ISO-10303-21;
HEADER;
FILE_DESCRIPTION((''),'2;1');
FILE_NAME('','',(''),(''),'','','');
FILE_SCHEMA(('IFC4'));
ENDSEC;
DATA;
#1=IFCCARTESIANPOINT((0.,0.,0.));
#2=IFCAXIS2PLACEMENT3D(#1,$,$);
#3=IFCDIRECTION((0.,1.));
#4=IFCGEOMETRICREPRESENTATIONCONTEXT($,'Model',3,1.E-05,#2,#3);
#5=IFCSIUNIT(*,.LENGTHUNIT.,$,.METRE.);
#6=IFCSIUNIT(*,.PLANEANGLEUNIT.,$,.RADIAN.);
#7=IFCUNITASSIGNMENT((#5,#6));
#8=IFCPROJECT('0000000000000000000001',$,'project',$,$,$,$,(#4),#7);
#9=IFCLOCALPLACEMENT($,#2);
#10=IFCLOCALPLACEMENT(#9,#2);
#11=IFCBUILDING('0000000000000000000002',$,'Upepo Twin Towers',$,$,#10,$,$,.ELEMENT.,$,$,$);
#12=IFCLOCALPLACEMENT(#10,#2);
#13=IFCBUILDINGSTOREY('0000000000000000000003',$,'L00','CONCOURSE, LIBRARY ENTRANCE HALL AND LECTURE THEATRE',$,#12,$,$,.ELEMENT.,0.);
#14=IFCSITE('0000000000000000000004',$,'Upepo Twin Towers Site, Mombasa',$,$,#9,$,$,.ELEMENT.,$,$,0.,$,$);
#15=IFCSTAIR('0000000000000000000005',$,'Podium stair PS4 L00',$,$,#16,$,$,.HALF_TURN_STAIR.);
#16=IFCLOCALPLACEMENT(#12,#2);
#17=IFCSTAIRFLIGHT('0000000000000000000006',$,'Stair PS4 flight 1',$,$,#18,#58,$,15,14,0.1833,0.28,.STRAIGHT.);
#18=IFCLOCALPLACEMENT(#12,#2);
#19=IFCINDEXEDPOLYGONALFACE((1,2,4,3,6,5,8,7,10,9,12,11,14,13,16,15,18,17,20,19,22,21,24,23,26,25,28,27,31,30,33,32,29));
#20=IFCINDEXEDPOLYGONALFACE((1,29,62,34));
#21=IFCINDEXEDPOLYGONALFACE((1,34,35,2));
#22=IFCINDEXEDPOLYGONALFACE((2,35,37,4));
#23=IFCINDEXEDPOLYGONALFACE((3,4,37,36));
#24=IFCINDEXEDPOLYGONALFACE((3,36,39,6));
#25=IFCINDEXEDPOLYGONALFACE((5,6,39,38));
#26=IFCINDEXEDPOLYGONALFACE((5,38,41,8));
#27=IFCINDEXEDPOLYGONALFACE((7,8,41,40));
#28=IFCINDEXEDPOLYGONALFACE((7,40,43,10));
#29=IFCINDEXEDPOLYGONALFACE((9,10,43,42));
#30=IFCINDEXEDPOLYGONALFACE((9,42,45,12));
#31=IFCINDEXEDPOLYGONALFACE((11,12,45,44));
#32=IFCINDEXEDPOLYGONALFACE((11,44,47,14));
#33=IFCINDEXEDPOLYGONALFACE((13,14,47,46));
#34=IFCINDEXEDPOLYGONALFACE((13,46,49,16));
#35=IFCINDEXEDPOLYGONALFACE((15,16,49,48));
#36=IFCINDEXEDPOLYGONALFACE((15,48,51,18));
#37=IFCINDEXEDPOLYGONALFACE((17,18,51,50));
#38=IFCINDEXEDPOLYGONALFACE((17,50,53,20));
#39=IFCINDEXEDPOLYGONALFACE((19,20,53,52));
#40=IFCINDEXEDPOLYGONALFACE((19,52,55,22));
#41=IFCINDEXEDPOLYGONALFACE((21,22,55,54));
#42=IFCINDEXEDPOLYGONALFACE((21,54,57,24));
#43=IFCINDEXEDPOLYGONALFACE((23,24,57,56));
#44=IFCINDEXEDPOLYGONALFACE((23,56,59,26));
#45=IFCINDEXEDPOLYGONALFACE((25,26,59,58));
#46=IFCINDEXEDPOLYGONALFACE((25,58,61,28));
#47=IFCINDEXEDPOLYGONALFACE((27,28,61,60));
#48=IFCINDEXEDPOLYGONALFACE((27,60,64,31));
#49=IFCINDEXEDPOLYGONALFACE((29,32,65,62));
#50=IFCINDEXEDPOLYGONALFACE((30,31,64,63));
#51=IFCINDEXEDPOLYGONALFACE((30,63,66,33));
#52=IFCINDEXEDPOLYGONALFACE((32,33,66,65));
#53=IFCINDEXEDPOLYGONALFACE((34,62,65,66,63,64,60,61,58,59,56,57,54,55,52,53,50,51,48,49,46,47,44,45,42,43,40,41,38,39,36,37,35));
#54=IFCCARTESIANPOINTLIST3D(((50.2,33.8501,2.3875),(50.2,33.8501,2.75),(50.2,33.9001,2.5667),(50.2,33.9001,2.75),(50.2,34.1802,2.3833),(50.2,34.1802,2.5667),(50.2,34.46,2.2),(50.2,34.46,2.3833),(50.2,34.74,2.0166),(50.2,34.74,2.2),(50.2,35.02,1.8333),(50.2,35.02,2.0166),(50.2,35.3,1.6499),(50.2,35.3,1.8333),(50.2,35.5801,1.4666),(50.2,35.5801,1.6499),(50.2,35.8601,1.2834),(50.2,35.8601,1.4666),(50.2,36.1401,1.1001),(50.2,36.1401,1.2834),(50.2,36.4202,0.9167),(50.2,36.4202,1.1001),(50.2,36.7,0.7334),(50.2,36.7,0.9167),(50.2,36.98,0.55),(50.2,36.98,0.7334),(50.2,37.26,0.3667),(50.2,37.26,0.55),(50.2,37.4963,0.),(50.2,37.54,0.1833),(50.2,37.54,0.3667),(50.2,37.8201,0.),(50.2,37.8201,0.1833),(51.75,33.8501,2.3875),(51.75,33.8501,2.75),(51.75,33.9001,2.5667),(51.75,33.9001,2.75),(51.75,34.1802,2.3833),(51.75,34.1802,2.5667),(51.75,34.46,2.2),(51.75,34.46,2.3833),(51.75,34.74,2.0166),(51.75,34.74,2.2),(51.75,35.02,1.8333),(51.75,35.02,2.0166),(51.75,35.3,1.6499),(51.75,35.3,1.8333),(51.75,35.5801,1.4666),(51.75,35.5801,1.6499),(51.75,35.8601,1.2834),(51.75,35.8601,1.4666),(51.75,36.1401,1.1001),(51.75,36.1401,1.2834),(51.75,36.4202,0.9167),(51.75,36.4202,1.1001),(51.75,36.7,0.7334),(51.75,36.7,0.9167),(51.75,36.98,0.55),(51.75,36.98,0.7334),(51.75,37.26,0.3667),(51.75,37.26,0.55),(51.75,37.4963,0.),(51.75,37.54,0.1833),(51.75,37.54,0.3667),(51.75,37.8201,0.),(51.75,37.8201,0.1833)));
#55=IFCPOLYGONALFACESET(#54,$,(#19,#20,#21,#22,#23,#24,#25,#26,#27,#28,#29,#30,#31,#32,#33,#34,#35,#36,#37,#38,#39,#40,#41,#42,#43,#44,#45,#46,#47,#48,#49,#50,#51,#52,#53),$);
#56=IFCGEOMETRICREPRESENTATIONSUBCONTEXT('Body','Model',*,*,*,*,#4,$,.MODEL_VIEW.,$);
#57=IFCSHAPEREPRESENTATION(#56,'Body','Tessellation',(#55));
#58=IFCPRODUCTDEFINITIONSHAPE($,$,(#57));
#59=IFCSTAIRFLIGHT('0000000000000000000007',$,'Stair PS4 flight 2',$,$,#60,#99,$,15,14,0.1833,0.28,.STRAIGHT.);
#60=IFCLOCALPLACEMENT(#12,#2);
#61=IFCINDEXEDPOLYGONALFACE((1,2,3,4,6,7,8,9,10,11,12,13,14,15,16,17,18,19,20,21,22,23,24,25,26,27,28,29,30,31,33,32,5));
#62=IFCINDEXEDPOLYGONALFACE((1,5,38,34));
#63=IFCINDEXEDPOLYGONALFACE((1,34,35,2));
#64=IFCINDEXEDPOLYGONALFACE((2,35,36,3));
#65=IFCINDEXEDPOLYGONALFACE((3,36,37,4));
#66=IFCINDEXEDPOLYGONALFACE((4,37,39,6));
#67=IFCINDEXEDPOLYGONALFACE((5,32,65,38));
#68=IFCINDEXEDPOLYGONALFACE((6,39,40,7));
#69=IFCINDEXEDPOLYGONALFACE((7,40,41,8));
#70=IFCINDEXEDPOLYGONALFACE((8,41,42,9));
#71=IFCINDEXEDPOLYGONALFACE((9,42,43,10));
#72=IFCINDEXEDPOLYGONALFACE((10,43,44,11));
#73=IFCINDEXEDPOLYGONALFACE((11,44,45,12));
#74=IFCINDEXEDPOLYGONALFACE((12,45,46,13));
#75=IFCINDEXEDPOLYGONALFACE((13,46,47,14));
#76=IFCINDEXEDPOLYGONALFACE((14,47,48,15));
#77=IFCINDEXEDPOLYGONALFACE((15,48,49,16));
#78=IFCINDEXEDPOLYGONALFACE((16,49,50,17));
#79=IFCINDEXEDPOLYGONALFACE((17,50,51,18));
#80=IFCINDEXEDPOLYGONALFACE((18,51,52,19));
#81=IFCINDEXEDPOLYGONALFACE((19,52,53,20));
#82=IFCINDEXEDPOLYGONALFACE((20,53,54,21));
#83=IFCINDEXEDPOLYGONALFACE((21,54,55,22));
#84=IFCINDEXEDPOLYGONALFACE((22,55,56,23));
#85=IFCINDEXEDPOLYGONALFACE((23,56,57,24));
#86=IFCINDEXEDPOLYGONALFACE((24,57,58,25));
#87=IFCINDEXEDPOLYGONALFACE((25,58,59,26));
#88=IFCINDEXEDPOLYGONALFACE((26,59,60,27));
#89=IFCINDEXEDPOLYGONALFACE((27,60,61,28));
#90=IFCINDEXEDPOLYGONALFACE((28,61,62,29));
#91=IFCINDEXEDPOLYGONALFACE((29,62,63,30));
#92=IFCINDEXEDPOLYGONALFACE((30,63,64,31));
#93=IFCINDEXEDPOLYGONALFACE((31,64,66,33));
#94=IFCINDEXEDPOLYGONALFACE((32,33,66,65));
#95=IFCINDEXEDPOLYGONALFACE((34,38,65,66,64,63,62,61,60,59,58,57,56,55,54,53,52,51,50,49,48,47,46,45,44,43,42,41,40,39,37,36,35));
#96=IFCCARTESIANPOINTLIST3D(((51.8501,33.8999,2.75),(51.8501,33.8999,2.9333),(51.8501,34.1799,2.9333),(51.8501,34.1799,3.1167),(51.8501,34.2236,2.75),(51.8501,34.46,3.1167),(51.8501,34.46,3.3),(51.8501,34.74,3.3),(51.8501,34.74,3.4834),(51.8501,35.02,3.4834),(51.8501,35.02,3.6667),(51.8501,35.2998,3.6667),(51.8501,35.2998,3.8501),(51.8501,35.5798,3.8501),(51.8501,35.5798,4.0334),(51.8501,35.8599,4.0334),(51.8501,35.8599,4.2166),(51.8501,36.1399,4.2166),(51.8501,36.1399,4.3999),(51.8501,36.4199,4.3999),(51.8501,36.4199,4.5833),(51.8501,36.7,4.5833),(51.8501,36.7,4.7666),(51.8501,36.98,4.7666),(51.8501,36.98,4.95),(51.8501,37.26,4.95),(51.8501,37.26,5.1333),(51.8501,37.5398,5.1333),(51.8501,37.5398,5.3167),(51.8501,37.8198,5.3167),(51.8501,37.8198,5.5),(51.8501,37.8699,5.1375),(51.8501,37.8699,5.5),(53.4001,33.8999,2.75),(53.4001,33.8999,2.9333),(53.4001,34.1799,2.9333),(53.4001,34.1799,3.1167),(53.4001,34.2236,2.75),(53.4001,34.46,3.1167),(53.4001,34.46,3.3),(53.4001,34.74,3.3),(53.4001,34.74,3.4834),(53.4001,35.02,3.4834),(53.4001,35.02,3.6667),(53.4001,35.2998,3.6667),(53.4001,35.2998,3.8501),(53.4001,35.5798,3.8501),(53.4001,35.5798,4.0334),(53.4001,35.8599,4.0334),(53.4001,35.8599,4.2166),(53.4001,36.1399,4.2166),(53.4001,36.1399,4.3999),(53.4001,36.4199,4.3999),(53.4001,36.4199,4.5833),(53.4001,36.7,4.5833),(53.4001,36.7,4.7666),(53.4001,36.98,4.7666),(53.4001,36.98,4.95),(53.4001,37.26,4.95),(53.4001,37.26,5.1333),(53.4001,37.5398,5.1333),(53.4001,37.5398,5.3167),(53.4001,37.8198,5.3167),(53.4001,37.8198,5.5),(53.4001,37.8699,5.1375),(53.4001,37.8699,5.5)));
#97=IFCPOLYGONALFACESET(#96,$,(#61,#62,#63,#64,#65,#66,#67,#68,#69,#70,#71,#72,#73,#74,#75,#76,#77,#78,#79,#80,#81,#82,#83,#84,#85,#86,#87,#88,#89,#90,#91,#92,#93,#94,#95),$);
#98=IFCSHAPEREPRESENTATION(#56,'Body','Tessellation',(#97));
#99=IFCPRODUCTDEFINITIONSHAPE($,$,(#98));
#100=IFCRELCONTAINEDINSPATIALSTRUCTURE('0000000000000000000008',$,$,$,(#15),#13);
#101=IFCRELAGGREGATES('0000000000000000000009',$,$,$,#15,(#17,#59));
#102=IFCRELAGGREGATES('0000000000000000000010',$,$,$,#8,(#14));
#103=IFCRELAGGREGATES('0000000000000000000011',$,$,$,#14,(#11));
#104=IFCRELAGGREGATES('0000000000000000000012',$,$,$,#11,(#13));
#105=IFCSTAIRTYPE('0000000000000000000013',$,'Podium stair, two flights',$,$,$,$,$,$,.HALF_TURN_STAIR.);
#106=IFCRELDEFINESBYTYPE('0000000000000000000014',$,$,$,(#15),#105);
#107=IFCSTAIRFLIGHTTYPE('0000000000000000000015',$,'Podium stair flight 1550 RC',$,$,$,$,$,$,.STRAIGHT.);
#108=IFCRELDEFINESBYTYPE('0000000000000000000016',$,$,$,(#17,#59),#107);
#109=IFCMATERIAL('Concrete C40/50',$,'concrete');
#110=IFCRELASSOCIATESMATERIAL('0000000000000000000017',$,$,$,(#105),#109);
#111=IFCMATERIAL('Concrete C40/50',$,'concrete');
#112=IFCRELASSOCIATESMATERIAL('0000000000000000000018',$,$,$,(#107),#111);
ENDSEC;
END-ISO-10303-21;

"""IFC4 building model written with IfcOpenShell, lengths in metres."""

from ifc_helpers import new_model, si_unit, direction, frame, origin, place, context, subcontext, project, spatial, polyline, outline, extrude, material, type_object, element, aggregate, save


model = new_model("IFC4")

# Units and contexts
model_context = context("Model", 3, precision=1e-05, world=origin(), true_north=direction((0.0, 1.0)))
body_context = subcontext(model_context, "Body", "Model", "MODEL_VIEW")
ifc_project = project(units=[si_unit("LENGTHUNIT", "METRE"), si_unit("PLANEANGLEUNIT", "RADIAN")], contexts=[model_context])

# Site, building, storey
site_placement = place(None, origin())
site = spatial("IfcSite", under=ifc_project, at=site_placement, Name="Upepo Twin Towers Site, Mombasa", CompositionType="ELEMENT", RefElevation=0.0)
building_placement = place(site_placement, origin())
building = spatial("IfcBuilding", under=site, at=building_placement, Name="Upepo Twin Towers", CompositionType="ELEMENT")
storey_placement = place(building_placement, origin())
storey = spatial("IfcBuildingStorey", under=building, at=storey_placement, Name="L00", Description="CONCOURSE, LIBRARY ENTRANCE HALL AND LECTURE THEATRE", CompositionType="ELEMENT", Elevation=0.0)

# Stair, stair flights
ifc_material_1 = material(Name="Concrete C40/50", Category="concrete")
stair_type = type_object("IfcStairType", Name="Podium stair, two flights", PredefinedType="HALF_TURN_STAIR", material=ifc_material_1)
stair_placement = place(storey_placement, origin())
stair = element("IfcStair", 1, at=stair_placement, inside=storey, type_object=stair_type, Name="Podium stair PS4 L00", PredefinedType="HALF_TURN_STAIR")
ifc_material_2 = material(Name="Concrete C40/50", Category="concrete")
stair_flight_type = type_object("IfcStairFlightType", Name="Podium stair flight 1550 RC", PredefinedType="STRAIGHT", material=ifc_material_2)
stair_flight_1_placement = place(storey_placement, frame((50.9751, 37.8201, 0.0), z_axis=(0.0, 0.0, 1.0), x_axis=(0.0, -1.0, 0.0)))
stair_flight_1 = element("IfcStairFlight", 2, at=stair_flight_1_placement, type_object=stair_flight_type, Name="Stair PS4 flight 1", NumberOfRisers=15, NumberOfTreads=14, PredefinedType="STRAIGHT", RiserHeight=0.1833, TreadLength=0.28, context=body_context, shape_type="SweptSolid", body=[
    extrude(outline(polyline([(0.0, 0.0), (0.0, 0.1833), (0.28, 0.1833), (0.28, 0.3667), (0.5601, 0.3667), (0.5601, 0.55), (0.8401, 0.55), (0.8401, 0.7334), (1.1201, 0.7334), (1.1201, 0.9167), (1.3999, 0.9167), (1.3999, 1.1001), (1.6799, 1.1001), (1.6799, 1.2834), (1.96, 1.2834), (1.96, 1.4666), (2.24, 1.4666), (2.24, 1.6499), (2.52, 1.6499), (2.52, 1.8333), (2.8, 1.8333), (2.8, 2.0166), (3.0801, 2.0166), (3.0801, 2.2), (3.3601, 2.2), (3.3601, 2.3833), (3.6399, 2.3833), (3.6399, 2.5667), (3.9199, 2.5667), (3.9199, 2.75), (3.97, 2.75), (3.97, 2.3875), (0.3237, 0.0), (0.0, 0.0)])), frame((0.0, 0.7749, 0.0), z_axis=(0.0, -1.0, 0.0), x_axis=(1.0, 0.0, 0.0)), (0.0, 0.0, 1.0), 1.55),
])
stair_flight_2_placement = place(storey_placement, frame((52.625, 33.8999, 2.75), z_axis=(0.0, 0.0, 1.0), x_axis=(0.0, 1.0, 0.0)))
stair_flight_2 = element("IfcStairFlight", 3, at=stair_flight_2_placement, type_object=stair_flight_type, Name="Stair PS4 flight 2", NumberOfRisers=15, NumberOfTreads=14, PredefinedType="STRAIGHT", RiserHeight=0.1833, TreadLength=0.28, context=body_context, shape_type="SweptSolid", body=[
    extrude(outline(polyline([(0.0, 0.0), (0.0, 0.1833), (0.28, 0.1833), (0.28, 0.3667), (0.5601, 0.3667), (0.5601, 0.55), (0.8401, 0.55), (0.8401, 0.7334), (1.1201, 0.7334), (1.1201, 0.9167), (1.3999, 0.9167), (1.3999, 1.1001), (1.6799, 1.1001), (1.6799, 1.2834), (1.96, 1.2834), (1.96, 1.4666), (2.24, 1.4666), (2.24, 1.6499), (2.52, 1.6499), (2.52, 1.8333), (2.8, 1.8333), (2.8, 2.0166), (3.0801, 2.0166), (3.0801, 2.2), (3.3601, 2.2), (3.3601, 2.3833), (3.6399, 2.3833), (3.6399, 2.5667), (3.9199, 2.5667), (3.9199, 2.75), (3.97, 2.75), (3.97, 2.3875), (0.3237, 0.0), (0.0, 0.0)])), frame((0.0, 0.7749, 0.0), z_axis=(0.0, -1.0, 0.0), x_axis=(1.0, 0.0, 0.0)), (0.0, 0.0, 1.0), 1.55),
])
aggregate(stair, [stair_flight_1, stair_flight_2])

save(model, "model.ifc")
